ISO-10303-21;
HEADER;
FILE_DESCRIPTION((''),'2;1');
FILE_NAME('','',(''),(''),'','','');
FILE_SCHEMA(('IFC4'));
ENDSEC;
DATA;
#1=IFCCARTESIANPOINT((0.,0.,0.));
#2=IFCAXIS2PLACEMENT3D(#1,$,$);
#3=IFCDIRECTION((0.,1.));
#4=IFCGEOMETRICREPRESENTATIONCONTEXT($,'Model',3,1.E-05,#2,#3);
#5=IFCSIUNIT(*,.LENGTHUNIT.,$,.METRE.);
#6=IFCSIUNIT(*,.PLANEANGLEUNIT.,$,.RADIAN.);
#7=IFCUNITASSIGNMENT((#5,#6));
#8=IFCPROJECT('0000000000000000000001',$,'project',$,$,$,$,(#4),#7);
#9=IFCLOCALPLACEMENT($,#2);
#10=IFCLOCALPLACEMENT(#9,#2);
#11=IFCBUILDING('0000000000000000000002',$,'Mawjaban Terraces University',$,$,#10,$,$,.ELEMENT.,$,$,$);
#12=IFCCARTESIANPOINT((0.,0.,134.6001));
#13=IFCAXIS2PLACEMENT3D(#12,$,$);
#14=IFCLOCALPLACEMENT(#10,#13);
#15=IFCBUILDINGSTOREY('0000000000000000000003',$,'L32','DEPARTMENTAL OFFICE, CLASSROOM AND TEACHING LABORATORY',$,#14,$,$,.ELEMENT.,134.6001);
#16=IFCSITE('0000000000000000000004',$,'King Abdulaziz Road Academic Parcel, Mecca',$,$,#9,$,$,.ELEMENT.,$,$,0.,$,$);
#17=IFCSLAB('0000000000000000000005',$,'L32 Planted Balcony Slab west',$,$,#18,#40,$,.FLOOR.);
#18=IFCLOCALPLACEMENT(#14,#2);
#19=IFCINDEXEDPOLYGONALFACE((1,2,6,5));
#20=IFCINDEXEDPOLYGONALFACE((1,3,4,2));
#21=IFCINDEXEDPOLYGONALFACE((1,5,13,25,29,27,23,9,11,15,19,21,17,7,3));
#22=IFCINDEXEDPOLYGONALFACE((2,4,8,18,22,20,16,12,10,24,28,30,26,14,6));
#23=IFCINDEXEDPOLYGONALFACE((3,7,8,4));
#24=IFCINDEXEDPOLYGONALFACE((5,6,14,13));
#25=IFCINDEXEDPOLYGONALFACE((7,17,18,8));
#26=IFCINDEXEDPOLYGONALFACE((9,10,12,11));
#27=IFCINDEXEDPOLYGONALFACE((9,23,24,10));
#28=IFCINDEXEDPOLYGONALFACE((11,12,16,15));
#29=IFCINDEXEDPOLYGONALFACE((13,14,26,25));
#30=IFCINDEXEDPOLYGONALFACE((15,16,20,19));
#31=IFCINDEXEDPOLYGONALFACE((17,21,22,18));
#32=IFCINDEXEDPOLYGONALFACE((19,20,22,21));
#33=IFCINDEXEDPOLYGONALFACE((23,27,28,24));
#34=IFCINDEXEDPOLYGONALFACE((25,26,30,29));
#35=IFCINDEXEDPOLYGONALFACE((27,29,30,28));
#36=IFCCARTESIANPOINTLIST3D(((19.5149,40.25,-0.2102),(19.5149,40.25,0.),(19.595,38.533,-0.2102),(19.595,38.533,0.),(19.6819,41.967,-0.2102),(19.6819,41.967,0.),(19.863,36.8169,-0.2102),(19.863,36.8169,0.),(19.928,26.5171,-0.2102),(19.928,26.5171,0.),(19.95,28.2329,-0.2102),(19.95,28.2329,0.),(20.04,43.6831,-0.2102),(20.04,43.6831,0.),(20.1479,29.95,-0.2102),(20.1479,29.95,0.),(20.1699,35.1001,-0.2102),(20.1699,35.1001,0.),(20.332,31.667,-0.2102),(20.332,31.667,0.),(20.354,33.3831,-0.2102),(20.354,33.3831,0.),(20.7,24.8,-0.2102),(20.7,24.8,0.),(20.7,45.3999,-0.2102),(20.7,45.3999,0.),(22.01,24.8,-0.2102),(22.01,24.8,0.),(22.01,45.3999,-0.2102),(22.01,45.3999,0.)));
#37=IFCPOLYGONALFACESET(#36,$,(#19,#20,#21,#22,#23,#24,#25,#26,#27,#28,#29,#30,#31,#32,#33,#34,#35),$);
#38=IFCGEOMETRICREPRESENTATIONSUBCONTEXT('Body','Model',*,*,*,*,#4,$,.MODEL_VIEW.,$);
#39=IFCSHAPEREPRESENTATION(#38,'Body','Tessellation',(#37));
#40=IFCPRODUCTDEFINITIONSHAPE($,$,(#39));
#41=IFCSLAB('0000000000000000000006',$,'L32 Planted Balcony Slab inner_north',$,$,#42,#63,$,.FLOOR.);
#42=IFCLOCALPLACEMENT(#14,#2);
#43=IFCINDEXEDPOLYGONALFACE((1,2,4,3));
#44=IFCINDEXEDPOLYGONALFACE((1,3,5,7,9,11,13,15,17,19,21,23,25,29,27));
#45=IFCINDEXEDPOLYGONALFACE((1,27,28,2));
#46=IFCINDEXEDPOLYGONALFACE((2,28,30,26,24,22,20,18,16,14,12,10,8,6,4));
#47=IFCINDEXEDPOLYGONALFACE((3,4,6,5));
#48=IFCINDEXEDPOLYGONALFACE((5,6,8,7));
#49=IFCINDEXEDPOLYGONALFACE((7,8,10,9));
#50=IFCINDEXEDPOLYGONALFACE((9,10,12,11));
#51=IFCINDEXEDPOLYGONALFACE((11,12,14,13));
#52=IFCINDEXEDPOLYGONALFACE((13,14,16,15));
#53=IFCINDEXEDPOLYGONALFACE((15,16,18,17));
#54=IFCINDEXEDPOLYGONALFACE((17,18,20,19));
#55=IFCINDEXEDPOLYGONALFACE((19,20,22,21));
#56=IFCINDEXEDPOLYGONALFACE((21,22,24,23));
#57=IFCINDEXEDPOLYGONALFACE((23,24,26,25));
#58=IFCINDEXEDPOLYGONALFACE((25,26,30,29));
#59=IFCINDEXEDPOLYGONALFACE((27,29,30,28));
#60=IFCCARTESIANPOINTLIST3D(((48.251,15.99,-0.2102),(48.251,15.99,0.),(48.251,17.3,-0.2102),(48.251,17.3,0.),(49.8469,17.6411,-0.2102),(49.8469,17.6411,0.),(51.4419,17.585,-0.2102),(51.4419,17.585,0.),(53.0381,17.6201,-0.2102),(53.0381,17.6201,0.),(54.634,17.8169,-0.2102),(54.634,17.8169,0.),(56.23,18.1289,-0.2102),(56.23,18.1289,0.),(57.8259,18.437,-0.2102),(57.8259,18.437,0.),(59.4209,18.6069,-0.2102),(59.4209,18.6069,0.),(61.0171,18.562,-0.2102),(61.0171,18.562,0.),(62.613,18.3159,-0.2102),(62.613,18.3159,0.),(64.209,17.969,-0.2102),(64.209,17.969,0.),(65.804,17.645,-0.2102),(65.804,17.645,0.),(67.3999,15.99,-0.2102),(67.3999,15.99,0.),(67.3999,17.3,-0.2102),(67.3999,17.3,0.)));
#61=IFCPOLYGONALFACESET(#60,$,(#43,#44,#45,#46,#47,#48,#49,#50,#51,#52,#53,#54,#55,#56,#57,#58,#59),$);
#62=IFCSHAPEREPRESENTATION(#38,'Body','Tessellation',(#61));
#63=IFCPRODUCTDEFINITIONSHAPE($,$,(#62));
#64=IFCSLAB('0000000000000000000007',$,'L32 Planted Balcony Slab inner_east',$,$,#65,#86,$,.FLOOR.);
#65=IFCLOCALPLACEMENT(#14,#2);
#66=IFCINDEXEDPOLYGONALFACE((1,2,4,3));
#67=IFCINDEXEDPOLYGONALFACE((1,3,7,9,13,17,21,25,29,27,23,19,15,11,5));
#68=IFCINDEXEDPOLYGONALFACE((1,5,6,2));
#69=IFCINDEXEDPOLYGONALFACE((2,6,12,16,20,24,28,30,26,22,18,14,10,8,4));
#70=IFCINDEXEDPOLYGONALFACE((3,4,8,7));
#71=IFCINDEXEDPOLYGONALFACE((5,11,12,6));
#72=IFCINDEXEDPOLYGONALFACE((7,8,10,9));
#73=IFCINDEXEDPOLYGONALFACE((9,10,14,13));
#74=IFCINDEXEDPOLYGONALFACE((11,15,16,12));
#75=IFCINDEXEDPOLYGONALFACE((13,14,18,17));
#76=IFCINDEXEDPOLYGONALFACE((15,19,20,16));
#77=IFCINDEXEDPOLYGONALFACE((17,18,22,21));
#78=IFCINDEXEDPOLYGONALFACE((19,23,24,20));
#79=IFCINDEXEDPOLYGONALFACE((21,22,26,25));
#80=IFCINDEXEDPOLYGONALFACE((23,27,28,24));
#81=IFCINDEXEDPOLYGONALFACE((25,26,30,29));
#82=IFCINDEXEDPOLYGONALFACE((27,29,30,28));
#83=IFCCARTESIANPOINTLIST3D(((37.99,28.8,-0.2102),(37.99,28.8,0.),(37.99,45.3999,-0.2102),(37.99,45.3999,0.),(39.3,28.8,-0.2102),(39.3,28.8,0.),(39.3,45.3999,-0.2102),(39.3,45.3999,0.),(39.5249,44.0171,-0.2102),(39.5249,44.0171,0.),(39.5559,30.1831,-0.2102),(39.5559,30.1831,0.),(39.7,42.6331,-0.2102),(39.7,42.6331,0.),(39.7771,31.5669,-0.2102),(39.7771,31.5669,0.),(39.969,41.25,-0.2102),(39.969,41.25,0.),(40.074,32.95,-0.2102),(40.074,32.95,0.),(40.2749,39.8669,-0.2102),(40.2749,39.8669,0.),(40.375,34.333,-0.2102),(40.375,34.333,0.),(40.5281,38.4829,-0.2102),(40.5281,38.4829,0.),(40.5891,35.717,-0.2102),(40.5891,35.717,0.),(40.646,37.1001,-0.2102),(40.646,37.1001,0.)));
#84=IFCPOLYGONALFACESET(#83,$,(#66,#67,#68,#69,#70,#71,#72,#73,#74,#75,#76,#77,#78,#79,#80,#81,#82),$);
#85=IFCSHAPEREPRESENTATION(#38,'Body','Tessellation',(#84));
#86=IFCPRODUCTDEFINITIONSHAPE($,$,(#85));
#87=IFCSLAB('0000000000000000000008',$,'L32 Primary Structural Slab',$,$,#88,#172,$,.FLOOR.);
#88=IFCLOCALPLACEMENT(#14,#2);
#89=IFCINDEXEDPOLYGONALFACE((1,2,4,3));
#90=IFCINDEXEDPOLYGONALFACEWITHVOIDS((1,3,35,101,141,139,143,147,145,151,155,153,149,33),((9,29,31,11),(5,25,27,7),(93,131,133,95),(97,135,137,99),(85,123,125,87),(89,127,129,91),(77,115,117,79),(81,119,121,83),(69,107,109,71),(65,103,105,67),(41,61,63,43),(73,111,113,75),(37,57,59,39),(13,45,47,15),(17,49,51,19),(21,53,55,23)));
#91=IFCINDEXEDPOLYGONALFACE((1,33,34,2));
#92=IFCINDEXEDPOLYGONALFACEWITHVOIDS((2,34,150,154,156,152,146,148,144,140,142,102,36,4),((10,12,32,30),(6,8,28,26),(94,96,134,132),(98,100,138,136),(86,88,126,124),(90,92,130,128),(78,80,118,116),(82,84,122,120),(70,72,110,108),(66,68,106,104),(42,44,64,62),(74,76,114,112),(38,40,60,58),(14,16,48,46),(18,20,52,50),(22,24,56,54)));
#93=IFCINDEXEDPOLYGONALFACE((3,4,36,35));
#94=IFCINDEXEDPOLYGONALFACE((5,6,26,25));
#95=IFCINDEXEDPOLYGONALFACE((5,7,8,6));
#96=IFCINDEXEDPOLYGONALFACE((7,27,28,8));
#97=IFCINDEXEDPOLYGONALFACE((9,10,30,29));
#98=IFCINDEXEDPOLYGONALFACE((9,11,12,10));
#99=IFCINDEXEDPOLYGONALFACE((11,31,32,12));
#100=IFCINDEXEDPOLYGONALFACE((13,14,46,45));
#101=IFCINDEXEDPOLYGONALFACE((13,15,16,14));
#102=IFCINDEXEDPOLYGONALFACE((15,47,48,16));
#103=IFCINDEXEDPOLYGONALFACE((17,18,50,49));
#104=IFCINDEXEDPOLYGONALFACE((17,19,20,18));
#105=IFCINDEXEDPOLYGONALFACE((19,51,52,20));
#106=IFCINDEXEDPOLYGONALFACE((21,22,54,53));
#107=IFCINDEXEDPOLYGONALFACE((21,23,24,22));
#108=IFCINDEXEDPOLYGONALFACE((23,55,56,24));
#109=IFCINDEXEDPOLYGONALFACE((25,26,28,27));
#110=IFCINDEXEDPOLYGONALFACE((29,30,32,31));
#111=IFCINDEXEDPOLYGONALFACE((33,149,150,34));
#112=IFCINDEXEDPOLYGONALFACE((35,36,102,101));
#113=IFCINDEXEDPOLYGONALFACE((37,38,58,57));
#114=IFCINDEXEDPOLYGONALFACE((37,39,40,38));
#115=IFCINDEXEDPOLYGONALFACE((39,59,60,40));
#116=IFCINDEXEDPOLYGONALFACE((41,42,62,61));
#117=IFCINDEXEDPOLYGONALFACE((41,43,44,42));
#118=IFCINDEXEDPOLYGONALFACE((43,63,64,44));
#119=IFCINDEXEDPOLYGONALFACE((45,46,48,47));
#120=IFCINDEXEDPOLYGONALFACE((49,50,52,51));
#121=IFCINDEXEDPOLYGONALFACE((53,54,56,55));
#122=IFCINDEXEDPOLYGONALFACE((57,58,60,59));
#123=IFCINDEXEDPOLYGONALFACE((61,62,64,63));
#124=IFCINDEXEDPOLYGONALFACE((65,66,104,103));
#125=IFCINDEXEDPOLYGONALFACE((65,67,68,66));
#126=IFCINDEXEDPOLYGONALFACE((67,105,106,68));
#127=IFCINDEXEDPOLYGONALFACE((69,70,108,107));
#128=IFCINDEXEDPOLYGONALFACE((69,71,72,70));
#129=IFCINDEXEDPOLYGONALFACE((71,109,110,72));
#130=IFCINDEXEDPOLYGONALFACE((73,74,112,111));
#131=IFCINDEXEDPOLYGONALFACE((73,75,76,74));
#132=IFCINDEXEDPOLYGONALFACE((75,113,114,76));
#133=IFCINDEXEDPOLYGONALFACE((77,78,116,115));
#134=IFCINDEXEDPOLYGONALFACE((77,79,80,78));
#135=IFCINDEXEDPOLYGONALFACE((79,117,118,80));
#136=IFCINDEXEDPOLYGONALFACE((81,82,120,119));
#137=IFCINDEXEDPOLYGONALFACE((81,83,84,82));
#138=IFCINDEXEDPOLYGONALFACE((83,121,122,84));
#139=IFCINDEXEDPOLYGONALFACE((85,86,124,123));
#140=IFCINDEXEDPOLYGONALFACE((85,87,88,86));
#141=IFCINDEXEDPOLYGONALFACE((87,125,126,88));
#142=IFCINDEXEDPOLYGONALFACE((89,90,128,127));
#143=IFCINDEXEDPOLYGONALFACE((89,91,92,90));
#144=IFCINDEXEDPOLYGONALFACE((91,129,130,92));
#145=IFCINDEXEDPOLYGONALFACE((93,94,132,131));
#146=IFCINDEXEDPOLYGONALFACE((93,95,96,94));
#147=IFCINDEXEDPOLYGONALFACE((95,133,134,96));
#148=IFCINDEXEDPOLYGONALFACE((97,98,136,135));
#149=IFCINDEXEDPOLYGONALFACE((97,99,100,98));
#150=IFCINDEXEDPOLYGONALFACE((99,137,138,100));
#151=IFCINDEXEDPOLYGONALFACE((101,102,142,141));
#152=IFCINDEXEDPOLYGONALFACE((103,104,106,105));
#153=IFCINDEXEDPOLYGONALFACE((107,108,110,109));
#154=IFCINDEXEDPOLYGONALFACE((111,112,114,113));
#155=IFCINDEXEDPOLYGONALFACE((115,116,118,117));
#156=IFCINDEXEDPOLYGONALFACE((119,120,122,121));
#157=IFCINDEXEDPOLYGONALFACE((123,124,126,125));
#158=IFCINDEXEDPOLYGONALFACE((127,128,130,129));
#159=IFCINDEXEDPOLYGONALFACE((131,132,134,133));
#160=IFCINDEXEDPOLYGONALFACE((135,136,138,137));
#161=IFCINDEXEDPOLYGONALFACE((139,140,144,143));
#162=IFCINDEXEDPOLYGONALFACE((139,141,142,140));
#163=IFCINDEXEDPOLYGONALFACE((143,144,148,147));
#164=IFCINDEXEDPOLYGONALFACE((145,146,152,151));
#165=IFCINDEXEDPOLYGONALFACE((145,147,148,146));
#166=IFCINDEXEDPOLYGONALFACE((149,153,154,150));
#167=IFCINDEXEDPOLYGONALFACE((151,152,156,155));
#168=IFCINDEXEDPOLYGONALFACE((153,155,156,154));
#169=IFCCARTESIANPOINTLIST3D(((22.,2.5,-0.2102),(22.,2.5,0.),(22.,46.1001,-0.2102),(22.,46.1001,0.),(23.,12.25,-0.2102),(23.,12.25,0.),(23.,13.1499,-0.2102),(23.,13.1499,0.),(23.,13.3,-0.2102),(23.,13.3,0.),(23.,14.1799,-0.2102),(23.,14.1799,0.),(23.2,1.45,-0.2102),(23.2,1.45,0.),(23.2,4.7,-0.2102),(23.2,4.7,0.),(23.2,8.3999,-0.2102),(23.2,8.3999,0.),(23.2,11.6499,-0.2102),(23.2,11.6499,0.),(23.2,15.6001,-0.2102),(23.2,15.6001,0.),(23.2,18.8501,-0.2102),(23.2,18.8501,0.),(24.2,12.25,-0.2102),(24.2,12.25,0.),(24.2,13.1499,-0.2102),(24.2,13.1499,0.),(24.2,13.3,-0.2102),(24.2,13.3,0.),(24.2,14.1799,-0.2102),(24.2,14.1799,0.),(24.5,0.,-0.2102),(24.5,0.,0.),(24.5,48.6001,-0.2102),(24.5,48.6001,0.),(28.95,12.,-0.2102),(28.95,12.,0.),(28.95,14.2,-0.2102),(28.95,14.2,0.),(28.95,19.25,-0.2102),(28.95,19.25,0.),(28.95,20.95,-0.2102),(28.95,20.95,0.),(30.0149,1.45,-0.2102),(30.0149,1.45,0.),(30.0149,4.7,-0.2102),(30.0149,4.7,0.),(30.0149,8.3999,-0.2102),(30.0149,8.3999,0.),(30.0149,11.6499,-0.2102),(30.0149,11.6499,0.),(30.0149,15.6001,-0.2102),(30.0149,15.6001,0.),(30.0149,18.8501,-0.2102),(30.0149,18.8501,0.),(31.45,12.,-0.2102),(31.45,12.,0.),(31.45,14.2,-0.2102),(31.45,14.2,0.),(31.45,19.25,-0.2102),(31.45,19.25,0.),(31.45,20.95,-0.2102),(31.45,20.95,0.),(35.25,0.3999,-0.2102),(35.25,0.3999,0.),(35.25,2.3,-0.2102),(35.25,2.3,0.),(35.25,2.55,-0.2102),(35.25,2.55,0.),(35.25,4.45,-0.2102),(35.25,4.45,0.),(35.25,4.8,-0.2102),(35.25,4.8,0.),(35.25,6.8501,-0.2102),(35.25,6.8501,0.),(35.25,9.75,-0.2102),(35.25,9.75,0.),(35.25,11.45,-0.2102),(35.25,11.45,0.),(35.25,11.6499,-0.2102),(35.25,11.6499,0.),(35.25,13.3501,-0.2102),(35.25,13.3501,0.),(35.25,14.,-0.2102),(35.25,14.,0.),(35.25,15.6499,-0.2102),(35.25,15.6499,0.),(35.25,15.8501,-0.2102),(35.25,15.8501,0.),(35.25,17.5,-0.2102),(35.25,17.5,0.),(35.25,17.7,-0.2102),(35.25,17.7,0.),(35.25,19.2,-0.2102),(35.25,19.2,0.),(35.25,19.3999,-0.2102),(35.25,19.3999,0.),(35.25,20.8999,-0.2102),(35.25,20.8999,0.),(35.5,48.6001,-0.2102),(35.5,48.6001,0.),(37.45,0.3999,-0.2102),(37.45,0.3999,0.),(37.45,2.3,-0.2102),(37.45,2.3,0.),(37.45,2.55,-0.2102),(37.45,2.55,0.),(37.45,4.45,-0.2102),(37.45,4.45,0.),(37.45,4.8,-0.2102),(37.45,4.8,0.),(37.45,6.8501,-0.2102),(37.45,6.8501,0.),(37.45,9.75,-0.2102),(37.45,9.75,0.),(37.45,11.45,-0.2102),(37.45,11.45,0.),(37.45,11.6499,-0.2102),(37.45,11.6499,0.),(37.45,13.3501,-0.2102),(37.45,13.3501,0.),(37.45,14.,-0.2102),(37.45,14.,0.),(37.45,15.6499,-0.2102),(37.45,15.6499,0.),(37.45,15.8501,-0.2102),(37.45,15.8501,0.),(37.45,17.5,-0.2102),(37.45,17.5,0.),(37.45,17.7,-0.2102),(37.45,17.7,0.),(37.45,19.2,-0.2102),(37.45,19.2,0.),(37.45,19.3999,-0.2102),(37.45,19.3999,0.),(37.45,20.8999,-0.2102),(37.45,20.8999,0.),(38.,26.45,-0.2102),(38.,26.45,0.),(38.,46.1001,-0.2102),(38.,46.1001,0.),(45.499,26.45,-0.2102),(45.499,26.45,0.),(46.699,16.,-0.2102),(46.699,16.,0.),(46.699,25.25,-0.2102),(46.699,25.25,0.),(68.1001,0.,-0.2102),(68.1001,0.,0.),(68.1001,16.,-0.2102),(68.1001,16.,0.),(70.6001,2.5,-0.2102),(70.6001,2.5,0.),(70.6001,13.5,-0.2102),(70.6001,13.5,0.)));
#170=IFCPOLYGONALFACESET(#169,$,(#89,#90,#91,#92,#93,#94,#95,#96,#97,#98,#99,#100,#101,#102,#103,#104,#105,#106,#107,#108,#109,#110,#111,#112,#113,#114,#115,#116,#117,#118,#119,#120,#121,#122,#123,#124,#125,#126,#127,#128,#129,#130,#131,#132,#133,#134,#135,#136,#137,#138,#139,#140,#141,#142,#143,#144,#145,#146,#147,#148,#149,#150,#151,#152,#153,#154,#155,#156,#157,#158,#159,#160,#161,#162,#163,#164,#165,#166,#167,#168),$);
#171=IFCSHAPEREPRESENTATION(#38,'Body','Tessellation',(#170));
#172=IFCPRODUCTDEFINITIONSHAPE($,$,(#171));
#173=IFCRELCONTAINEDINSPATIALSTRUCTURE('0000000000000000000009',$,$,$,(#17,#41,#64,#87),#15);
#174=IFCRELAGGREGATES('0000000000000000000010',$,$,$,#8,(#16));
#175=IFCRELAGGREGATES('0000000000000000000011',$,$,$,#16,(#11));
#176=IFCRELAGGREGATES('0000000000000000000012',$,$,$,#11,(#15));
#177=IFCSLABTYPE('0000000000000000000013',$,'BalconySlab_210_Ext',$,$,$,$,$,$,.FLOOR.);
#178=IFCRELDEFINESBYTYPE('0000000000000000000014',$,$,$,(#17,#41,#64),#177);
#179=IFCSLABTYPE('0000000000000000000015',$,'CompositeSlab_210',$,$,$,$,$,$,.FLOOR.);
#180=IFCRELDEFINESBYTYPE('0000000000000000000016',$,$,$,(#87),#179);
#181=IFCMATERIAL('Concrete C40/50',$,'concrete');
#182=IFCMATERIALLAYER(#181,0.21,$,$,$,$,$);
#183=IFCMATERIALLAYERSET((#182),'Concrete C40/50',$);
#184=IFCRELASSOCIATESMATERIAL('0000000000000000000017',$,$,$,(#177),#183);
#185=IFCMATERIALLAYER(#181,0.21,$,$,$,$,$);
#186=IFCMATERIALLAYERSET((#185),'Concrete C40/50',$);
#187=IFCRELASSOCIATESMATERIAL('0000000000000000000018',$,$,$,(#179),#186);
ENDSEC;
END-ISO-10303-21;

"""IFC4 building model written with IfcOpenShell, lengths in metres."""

from ifc_helpers import new_model, si_unit, direction, frame, origin, place, context, subcontext, project, spatial, polyline, outline, extrude, material, layer, layer_set, type_object, element, save


model = new_model("IFC4")

# Units and contexts
model_context = context("Model", 3, precision=1e-05, world=origin(), true_north=direction((0.0, 1.0)))
body_context = subcontext(model_context, "Body", "Model", "MODEL_VIEW")
ifc_project = project(units=[si_unit("LENGTHUNIT", "METRE"), si_unit("PLANEANGLEUNIT", "RADIAN")], contexts=[model_context])

# Site, building, storey
site_placement = place(None, origin())
site = spatial("IfcSite", under=ifc_project, at=site_placement, Name="King Abdulaziz Road Academic Parcel, Mecca", CompositionType="ELEMENT", RefElevation=0.0)
building_placement = place(site_placement, origin())
building = spatial("IfcBuilding", under=site, at=building_placement, Name="Mawjaban Terraces University", CompositionType="ELEMENT")
storey_placement = place(building_placement, frame((0.0, 0.0, 134.6001)))
storey = spatial("IfcBuildingStorey", under=building, at=storey_placement, Name="L32", Description="DEPARTMENTAL OFFICE, CLASSROOM AND TEACHING LABORATORY", CompositionType="ELEMENT", Elevation=134.6001)

# Slabs
ifc_material_1 = material(Name="Concrete C40/50", Category="concrete")
ifc_layer_1 = layer(ifc_material_1, 0.21)
ifc_layer_set_1 = layer_set([ifc_layer_1], Name="Concrete C40/50")
slab_type_1 = type_object("IfcSlabType", Name="BalconySlab_210_Ext", PredefinedType="FLOOR", material=ifc_layer_set_1)
slab_1_placement = place(storey_placement, frame((0.0, 0.0, -0.2102)))
element("IfcSlab", 1, at=slab_1_placement, inside=storey, type_object=slab_type_1, Name="L32 Planted Balcony Slab west", PredefinedType="FLOOR", context=body_context, shape_type="SweptSolid", body=[
    extrude(outline(polyline([(22.01, 24.8), (22.01, 45.3999), (20.7, 45.3999), (20.04, 43.6831), (19.6819, 41.967), (19.5149, 40.25), (19.595, 38.533), (19.863, 36.8169), (20.1699, 35.1001), (20.354, 33.3831), (20.332, 31.667), (20.1479, 29.95), (19.95, 28.2329), (19.928, 26.5171), (20.7, 24.8), (22.01, 24.8)])), origin(), (0.0, 0.0, 1.0), 0.2102),
])
slab_2_placement = place(storey_placement, frame((0.0, 0.0, -0.2102)))
element("IfcSlab", 2, at=slab_2_placement, inside=storey, type_object=slab_type_1, Name="L32 Planted Balcony Slab inner_north", PredefinedType="FLOOR", context=body_context, shape_type="SweptSolid", body=[
    extrude(outline(polyline([(48.251, 15.99), (67.3999, 15.99), (67.3999, 17.3), (65.804, 17.645), (64.209, 17.969), (62.613, 18.3159), (61.0171, 18.562), (59.4209, 18.6069), (57.8259, 18.437), (56.23, 18.1289), (54.634, 17.8169), (53.0381, 17.6201), (51.4419, 17.585), (49.8469, 17.6411), (48.251, 17.3), (48.251, 15.99)])), origin(), (0.0, 0.0, 1.0), 0.2102),
])
slab_3_placement = place(storey_placement, frame((0.0, 0.0, -0.2102)))
element("IfcSlab", 3, at=slab_3_placement, inside=storey, type_object=slab_type_1, Name="L32 Planted Balcony Slab inner_east", PredefinedType="FLOOR", context=body_context, shape_type="SweptSolid", body=[
    extrude(outline(polyline([(39.3, 28.8), (39.5559, 30.1831), (39.7771, 31.5669), (40.074, 32.95), (40.375, 34.333), (40.5891, 35.717), (40.646, 37.1001), (40.5281, 38.4829), (40.2749, 39.8669), (39.969, 41.25), (39.7, 42.6331), (39.5249, 44.0171), (39.3, 45.3999), (37.99, 45.3999), (37.99, 28.8), (39.3, 28.8)])), origin(), (0.0, 0.0, 1.0), 0.2102),
])
ifc_layer_2 = layer(ifc_material_1, 0.21)
ifc_layer_set_2 = layer_set([ifc_layer_2], Name="Concrete C40/50")
slab_type_2 = type_object("IfcSlabType", Name="CompositeSlab_210", PredefinedType="FLOOR", material=ifc_layer_set_2)
slab_4_placement = place(storey_placement, frame((0.0, 0.0, -0.2102)))
element("IfcSlab", 4, at=slab_4_placement, inside=storey, type_object=slab_type_2, Name="L32 Primary Structural Slab", PredefinedType="FLOOR", context=body_context, shape_type="SweptSolid", body=[
    extrude(outline(polyline([(24.5, 0.0), (68.1001, 0.0), (70.6001, 2.5), (70.6001, 13.5), (68.1001, 16.0), (46.699, 16.0), (46.699, 25.25), (45.499, 26.45), (38.0, 26.45), (38.0, 46.1001), (35.5, 48.6001), (24.5, 48.6001), (22.0, 46.1001), (22.0, 2.5), (24.5, 0.0)]), holes=[polyline([(30.0149, 4.7), (23.2, 4.7), (23.2, 1.45), (30.0149, 1.45), (30.0149, 4.7)]), polyline([(30.0149, 18.8501), (23.2, 18.8501), (23.2, 15.6001), (30.0149, 15.6001), (30.0149, 18.8501)]), polyline([(30.0149, 11.6499), (23.2, 11.6499), (23.2, 8.3999), (30.0149, 8.3999), (30.0149, 11.6499)]), polyline([(35.25, 0.3999), (37.45, 0.3999), (37.45, 2.3), (35.25, 2.3), (35.25, 0.3999)]), polyline([(35.25, 2.55), (37.45, 2.55), (37.45, 4.45), (35.25, 4.45), (35.25, 2.55)]), polyline([(35.25, 4.8), (37.45, 4.8), (37.45, 6.8501), (35.25, 6.8501), (35.25, 4.8)]), polyline([(35.25, 9.75), (37.45, 9.75), (37.45, 11.45), (35.25, 11.45), (35.25, 9.75)]), polyline([(35.25, 11.6499), (37.45, 11.6499), (37.45, 13.3501), (35.25, 13.3501), (35.25, 11.6499)]), polyline([(28.95, 12.0), (31.45, 12.0), (31.45, 14.2), (28.95, 14.2), (28.95, 12.0)]), polyline([(35.25, 14.0), (37.45, 14.0), (37.45, 15.6499), (35.25, 15.6499), (35.25, 14.0)]), polyline([(35.25, 15.8501), (37.45, 15.8501), (37.45, 17.5), (35.25, 17.5), (35.25, 15.8501)]), polyline([(35.25, 17.7), (37.45, 17.7), (37.45, 19.2), (35.25, 19.2), (35.25, 17.7)]), polyline([(35.25, 19.3999), (37.45, 19.3999), (37.45, 20.8999), (35.25, 20.8999), (35.25, 19.3999)]), polyline([(28.95, 19.25), (31.45, 19.25), (31.45, 20.95), (28.95, 20.95), (28.95, 19.25)]), polyline([(23.0, 12.25), (24.2, 12.25), (24.2, 13.1499), (23.0, 13.1499), (23.0, 12.25)]), polyline([(23.0, 13.3), (24.2, 13.3), (24.2, 14.1799), (23.0, 14.1799), (23.0, 13.3)])]), origin(), (0.0, 0.0, 1.0), 0.2102),
])

save(model, "model.ifc")
